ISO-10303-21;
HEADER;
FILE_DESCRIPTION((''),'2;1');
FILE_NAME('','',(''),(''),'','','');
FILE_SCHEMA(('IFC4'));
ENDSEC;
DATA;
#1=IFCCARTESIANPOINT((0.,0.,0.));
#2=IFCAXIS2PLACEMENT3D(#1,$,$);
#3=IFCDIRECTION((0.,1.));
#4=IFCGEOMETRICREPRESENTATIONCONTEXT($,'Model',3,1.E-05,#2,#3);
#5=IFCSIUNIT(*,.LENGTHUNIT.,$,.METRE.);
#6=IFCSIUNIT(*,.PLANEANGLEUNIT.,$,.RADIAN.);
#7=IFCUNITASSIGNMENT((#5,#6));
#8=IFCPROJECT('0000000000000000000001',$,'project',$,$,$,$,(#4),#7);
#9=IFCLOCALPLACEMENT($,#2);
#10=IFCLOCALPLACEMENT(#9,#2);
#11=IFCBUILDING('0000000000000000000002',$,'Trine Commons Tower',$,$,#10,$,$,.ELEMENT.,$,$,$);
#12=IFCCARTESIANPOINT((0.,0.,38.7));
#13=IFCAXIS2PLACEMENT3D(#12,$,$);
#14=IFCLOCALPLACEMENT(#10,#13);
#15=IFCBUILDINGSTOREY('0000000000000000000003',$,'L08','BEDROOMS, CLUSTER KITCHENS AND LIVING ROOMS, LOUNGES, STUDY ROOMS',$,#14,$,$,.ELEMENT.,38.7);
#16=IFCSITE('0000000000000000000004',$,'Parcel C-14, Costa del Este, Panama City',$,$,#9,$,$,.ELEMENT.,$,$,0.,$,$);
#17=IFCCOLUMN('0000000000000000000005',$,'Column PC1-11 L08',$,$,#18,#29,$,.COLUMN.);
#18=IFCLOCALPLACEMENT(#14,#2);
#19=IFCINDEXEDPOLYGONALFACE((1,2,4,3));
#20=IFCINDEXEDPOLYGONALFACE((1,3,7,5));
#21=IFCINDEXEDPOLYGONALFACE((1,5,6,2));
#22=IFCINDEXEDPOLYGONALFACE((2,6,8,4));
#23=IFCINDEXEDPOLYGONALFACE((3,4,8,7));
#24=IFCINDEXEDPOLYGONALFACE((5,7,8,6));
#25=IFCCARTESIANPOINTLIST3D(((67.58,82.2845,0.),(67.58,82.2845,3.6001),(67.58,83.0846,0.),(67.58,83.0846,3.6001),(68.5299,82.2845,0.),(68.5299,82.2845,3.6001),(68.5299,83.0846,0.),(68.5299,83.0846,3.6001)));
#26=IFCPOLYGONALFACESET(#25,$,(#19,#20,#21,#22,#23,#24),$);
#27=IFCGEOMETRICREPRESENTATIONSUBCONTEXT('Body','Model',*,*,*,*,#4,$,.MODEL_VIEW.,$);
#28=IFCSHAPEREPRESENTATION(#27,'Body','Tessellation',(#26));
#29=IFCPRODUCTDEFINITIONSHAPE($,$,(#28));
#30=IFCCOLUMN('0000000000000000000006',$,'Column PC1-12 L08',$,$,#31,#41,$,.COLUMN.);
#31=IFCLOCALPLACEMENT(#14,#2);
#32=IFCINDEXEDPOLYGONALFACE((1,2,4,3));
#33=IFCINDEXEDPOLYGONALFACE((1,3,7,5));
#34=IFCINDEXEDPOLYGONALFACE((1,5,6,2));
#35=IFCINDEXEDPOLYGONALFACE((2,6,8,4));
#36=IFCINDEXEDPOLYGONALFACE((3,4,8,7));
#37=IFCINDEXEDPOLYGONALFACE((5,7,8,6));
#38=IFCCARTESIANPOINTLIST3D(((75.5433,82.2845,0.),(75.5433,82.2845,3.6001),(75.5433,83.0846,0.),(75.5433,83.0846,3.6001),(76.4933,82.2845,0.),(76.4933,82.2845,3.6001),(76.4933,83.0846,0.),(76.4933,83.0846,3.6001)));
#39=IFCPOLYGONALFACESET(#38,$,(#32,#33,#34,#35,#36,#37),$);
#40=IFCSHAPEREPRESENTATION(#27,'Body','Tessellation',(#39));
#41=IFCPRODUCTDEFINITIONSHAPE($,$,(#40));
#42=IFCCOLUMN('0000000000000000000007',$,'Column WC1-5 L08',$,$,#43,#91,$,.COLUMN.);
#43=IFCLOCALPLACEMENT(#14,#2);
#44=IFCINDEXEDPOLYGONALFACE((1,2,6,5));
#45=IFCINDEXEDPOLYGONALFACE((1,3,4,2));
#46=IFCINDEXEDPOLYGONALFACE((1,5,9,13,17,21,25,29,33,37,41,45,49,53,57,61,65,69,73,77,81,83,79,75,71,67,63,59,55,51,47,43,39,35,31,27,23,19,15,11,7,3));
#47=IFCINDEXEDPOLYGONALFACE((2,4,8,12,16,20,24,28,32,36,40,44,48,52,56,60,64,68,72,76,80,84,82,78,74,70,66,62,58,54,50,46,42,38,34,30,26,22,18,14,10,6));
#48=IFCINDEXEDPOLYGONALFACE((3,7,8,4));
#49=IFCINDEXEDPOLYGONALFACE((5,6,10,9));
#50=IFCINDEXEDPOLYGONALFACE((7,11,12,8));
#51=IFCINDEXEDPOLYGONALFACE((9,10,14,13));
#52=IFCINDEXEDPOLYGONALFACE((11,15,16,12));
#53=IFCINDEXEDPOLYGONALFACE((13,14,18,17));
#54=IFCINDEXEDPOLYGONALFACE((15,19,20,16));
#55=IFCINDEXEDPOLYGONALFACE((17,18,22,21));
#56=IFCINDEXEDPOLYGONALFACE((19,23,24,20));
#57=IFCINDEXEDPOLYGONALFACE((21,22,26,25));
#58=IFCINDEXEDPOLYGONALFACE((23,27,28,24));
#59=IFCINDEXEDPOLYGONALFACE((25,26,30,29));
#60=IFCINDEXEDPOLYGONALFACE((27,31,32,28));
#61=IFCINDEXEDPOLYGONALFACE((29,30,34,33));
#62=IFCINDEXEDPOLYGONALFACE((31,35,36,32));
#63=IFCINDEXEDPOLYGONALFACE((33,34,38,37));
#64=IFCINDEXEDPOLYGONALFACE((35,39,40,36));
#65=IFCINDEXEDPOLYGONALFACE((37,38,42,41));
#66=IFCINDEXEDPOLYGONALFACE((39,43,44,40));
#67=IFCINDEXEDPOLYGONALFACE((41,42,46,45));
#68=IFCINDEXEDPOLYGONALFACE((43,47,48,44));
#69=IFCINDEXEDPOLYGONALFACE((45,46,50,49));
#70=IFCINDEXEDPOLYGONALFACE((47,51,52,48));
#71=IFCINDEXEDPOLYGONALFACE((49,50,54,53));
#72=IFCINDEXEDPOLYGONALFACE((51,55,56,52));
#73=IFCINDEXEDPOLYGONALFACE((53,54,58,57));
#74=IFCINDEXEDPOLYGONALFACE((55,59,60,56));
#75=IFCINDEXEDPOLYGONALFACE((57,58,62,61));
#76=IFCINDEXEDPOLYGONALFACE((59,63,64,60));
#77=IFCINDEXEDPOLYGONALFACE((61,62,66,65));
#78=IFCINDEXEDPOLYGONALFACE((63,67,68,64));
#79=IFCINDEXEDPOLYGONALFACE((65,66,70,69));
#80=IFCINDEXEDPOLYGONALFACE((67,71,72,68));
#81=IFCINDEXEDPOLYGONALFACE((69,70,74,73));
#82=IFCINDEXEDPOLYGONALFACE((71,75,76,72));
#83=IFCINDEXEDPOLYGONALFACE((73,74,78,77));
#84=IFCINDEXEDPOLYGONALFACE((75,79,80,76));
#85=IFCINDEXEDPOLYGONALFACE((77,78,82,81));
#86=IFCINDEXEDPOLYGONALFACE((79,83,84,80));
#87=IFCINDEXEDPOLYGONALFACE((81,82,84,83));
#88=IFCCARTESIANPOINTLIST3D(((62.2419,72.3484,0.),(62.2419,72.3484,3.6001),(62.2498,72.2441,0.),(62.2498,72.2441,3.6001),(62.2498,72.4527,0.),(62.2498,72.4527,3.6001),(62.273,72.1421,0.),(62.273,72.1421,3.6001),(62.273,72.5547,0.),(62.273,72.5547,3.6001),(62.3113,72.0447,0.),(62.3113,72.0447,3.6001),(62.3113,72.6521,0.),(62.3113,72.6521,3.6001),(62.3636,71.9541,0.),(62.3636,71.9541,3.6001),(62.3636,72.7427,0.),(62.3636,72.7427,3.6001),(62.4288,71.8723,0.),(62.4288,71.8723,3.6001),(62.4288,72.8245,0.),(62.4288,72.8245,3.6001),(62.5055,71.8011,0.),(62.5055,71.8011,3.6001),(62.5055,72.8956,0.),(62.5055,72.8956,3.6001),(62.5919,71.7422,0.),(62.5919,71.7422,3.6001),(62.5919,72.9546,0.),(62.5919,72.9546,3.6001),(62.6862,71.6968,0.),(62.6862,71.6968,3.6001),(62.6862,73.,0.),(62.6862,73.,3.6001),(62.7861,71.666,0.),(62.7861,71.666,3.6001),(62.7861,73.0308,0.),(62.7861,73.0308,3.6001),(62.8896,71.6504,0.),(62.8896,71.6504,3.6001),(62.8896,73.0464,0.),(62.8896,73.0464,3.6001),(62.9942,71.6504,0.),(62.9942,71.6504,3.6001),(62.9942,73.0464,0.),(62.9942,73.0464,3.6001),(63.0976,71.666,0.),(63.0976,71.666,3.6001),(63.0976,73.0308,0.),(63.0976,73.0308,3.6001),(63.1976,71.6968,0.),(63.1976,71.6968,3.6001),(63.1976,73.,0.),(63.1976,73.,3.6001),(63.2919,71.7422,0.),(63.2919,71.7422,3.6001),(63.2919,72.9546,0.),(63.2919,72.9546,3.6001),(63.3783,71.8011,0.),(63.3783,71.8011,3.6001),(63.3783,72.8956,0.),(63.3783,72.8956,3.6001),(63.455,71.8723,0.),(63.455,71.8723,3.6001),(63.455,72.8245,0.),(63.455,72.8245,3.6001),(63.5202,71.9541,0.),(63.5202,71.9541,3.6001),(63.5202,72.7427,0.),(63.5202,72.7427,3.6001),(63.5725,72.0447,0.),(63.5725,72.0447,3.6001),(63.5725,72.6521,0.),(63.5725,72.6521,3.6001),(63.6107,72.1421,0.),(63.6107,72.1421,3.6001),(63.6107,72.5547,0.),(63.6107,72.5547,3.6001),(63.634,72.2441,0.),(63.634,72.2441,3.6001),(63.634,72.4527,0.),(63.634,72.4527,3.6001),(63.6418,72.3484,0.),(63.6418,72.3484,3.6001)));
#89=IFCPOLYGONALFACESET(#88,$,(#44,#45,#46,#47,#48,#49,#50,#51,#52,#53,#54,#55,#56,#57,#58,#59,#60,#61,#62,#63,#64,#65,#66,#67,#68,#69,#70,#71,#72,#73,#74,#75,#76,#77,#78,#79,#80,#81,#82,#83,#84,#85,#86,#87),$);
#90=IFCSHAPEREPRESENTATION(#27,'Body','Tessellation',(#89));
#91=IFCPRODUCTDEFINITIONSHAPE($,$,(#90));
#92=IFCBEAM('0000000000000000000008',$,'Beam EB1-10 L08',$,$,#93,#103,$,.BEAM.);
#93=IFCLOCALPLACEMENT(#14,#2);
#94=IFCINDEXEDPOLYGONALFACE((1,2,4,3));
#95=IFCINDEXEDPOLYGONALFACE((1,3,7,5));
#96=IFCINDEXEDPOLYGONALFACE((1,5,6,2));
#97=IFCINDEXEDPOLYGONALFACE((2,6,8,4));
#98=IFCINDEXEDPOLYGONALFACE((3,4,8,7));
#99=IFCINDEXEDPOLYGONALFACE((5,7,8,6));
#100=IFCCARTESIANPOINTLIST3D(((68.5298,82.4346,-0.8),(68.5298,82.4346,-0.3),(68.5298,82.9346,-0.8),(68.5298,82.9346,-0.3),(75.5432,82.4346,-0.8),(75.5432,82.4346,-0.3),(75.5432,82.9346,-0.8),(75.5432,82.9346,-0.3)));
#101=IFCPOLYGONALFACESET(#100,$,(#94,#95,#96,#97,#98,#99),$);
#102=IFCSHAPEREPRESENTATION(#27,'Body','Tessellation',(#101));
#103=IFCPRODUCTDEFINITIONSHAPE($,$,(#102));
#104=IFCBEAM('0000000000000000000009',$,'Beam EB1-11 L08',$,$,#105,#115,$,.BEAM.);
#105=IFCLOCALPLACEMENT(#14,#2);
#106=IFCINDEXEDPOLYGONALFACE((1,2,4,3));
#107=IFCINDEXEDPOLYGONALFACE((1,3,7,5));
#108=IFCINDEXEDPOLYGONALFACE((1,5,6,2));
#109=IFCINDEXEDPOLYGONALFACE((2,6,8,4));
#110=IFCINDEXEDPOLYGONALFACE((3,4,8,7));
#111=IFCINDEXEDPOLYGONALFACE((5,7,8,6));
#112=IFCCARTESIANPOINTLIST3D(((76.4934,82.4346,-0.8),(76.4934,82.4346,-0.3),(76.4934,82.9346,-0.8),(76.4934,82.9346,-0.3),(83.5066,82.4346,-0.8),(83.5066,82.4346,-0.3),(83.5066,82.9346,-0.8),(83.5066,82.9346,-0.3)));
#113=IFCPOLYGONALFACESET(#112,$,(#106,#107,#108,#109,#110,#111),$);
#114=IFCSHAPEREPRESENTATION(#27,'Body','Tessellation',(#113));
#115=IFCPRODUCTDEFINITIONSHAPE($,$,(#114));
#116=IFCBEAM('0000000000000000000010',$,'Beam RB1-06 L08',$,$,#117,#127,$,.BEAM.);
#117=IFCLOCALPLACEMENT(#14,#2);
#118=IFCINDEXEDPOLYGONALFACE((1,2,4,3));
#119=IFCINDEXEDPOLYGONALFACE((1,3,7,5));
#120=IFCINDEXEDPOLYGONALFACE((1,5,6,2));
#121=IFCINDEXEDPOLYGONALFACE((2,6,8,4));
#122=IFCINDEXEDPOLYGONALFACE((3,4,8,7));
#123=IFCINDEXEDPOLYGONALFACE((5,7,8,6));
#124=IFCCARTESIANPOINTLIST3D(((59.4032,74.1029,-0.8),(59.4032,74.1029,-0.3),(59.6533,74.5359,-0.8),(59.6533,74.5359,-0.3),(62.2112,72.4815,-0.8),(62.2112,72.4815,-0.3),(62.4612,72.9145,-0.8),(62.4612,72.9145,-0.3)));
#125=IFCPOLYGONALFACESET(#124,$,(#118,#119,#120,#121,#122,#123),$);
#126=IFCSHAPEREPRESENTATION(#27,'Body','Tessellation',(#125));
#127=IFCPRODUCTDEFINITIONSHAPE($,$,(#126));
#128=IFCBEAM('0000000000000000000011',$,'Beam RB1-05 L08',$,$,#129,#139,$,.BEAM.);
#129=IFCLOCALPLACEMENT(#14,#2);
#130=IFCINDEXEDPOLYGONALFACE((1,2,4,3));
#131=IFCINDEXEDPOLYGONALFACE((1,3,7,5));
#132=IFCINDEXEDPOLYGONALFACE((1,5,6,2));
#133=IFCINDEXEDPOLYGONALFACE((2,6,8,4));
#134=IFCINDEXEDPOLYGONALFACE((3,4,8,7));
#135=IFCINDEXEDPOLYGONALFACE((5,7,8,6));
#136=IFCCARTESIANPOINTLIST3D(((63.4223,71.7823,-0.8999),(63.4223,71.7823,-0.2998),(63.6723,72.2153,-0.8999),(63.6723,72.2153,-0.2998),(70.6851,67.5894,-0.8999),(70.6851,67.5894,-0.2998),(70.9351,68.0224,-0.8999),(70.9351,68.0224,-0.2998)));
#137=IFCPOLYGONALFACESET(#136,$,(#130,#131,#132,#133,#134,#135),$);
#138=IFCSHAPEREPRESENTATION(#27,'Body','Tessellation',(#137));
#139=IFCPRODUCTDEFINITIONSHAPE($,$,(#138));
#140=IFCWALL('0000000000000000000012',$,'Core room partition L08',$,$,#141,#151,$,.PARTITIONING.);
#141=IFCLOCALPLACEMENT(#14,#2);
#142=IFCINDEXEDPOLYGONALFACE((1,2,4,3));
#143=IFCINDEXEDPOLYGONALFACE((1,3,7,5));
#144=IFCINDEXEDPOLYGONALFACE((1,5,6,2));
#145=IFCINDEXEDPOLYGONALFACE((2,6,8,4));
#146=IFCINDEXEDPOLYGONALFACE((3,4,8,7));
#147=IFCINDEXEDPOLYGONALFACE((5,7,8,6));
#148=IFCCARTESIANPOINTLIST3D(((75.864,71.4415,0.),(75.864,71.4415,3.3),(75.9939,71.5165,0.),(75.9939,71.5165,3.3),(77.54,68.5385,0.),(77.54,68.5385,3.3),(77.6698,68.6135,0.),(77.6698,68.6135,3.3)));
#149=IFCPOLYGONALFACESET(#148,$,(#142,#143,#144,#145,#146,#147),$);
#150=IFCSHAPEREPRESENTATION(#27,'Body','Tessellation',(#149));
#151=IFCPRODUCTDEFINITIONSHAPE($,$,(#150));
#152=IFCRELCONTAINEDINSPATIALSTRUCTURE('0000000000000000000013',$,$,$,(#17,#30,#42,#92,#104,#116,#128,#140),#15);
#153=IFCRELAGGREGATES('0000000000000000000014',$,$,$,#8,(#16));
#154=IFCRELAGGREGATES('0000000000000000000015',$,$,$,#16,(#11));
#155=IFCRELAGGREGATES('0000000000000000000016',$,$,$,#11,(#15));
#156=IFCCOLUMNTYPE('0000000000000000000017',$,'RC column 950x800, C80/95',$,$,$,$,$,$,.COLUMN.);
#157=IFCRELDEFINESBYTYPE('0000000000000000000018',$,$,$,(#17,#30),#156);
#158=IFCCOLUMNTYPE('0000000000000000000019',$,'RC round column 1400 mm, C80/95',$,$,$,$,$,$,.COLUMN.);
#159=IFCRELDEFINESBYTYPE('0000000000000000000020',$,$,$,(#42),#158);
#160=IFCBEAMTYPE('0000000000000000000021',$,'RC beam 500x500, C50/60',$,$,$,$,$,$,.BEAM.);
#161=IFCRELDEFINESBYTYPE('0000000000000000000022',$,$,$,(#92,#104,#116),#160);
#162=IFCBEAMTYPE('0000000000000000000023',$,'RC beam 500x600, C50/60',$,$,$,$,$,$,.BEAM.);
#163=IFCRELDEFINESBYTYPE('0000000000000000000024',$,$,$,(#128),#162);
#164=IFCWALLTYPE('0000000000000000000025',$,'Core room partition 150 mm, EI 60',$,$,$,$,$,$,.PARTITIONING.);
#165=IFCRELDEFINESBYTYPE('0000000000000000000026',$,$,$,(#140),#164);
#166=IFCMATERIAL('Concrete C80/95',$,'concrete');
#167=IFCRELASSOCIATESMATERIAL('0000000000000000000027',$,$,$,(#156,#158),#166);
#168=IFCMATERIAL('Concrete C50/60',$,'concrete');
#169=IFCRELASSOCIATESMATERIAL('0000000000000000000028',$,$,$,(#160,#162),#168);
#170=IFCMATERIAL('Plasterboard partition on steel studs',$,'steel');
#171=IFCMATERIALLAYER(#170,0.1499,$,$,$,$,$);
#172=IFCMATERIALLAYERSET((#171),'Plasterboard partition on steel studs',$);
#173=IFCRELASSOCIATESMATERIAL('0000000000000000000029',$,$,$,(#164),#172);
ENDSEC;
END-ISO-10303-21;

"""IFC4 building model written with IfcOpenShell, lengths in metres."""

from ifc_helpers import new_model, si_unit, direction, frame, frame_2d, origin, origin_2d, place, context, subcontext, project, spatial, rectangle, circle, extrude, material, layer, layer_set, material_profile, profile_set, type_object, element, save


model = new_model("IFC4")

# Units and contexts
model_context = context("Model", 3, precision=1e-05, world=origin(), true_north=direction((0.0, 1.0)))
body_context = subcontext(model_context, "Body", "Model", "MODEL_VIEW")
ifc_project = project(units=[si_unit("LENGTHUNIT", "METRE"), si_unit("PLANEANGLEUNIT", "RADIAN")], contexts=[model_context])

# Site, building, storey
site_placement = place(None, origin())
site = spatial("IfcSite", under=ifc_project, at=site_placement, Name="Parcel C-14, Costa del Este, Panama City", CompositionType="ELEMENT", RefElevation=0.0)
building_placement = place(site_placement, origin())
building = spatial("IfcBuilding", under=site, at=building_placement, Name="Trine Commons Tower", CompositionType="ELEMENT")
storey_placement = place(building_placement, frame((0.0, 0.0, 38.7)))
storey = spatial("IfcBuildingStorey", under=building, at=storey_placement, Name="L08", Description="BEDROOMS, CLUSTER KITCHENS AND LIVING ROOMS, LOUNGES, STUDY ROOMS", CompositionType="ELEMENT", Elevation=38.7)

# Columns
ifc_material_1 = material(Name="Concrete C80/95", Category="concrete")
ifc_material_profile_1 = material_profile(ifc_material_1, rectangle(XDim=0.95, YDim=0.8, at=origin_2d()), Name="RC 950x800")
ifc_profile_set_1 = profile_set([ifc_material_profile_1], Name="Concrete C80/95")
column_type_1 = type_object("IfcColumnType", Name="RC column 950x800, C80/95", PredefinedType="COLUMN", material=ifc_profile_set_1)
for number, where, z_axis, x_axis, name in (
    (1, (68.0549, 82.6846, 0.0), (0.0, 0.0, 1.0), (1.0, 0.0, 0.0), "Column PC1-11 L08"),
    (2, (76.0183, 82.6846, 0.0), (0.0, 0.0, 1.0), (1.0, 0.0, 0.0), "Column PC1-12 L08"),
):
    element("IfcColumn", number, at=place(storey_placement, frame(where, z_axis=z_axis, x_axis=x_axis)), inside=storey, type_object=column_type_1, Name=name, PredefinedType="COLUMN", context=body_context, shape_type="SweptSolid", body=[
        extrude(rectangle(XDim=0.95, YDim=0.8, at=origin_2d()), origin(), (0.0, 0.0, 1.0), 3.6001),
    ])
ifc_material_profile_2 = material_profile(ifc_material_1, circle(Radius=0.7, at=origin_2d()), Name="RC round 1400")
ifc_profile_set_2 = profile_set([ifc_material_profile_2], Name="Concrete C80/95")
column_type_2 = type_object("IfcColumnType", Name="RC round column 1400 mm, C80/95", PredefinedType="COLUMN", material=ifc_profile_set_2)
column_placement = place(storey_placement, frame((62.9419, 72.3484, 0.0), z_axis=(0.0, 0.0, 1.0), x_axis=(1.0, 0.0, 0.0)))
element("IfcColumn", 3, at=column_placement, inside=storey, type_object=column_type_2, Name="Column WC1-5 L08", PredefinedType="COLUMN", context=body_context, shape_type="SweptSolid", body=[
    extrude(circle(Radius=0.7, at=origin_2d()), origin(), (0.0, 0.0, 1.0), 3.6001),
])

# Beams
ifc_material_2 = material(Name="Concrete C50/60", Category="concrete")
ifc_material_profile_3 = material_profile(ifc_material_2, rectangle(XDim=0.5, YDim=0.5, at=origin_2d()), Name="RC 500x500")
ifc_profile_set_3 = profile_set([ifc_material_profile_3], Name="Concrete C50/60")
beam_type_1 = type_object("IfcBeamType", Name="RC beam 500x500, C50/60", PredefinedType="BEAM", material=ifc_profile_set_3)
beam_1_placement = place(storey_placement, frame((68.5298, 82.6846, -0.55), z_axis=(1.0, 0.0, 0.0), x_axis=(0.0, 1.0, 0.0)))
element("IfcBeam", 4, at=beam_1_placement, inside=storey, type_object=beam_type_1, Name="Beam EB1-10 L08", PredefinedType="BEAM", context=body_context, shape_type="SweptSolid", body=[
    extrude(rectangle(XDim=0.5, YDim=0.5, at=origin_2d()), origin(), (0.0, 0.0, 1.0), 7.0134),
])
beam_2_placement = place(storey_placement, frame((76.4934, 82.6846, -0.55), z_axis=(1.0, 0.0, 0.0), x_axis=(0.0, 1.0, 0.0)))
element("IfcBeam", 5, at=beam_2_placement, inside=storey, type_object=beam_type_1, Name="Beam EB1-11 L08", PredefinedType="BEAM", context=body_context, shape_type="SweptSolid", body=[
    extrude(rectangle(XDim=0.5, YDim=0.5, at=origin_2d()), origin(), (0.0, 0.0, 1.0), 7.0132),
])
beam_3_placement = place(storey_placement, frame((62.3362, 72.698, -0.55), z_axis=(-0.865996, 0.500051, 0.0), x_axis=(-0.500051, -0.865996, 0.0)))
element("IfcBeam", 6, at=beam_3_placement, inside=storey, type_object=beam_type_1, Name="Beam RB1-06 L08", PredefinedType="BEAM", context=body_context, shape_type="SweptSolid", body=[
    extrude(rectangle(XDim=0.5, YDim=0.5, at=origin_2d()), origin(), (0.0, 0.0, 1.0), 3.2424),
])
ifc_material_profile_4 = material_profile(ifc_material_2, rectangle(XDim=0.5, YDim=0.6001, at=origin_2d()), Name="RC 500x600")
ifc_profile_set_4 = profile_set([ifc_material_profile_4], Name="Concrete C50/60")
beam_type_2 = type_object("IfcBeamType", Name="RC beam 500x600, C50/60", PredefinedType="BEAM", material=ifc_profile_set_4)
beam_4_placement = place(storey_placement, frame((70.8101, 67.8059, -0.5999), z_axis=(-0.866038, 0.499978, 0.0), x_axis=(-0.499978, -0.866038, 0.0)))
element("IfcBeam", 7, at=beam_4_placement, inside=storey, type_object=beam_type_2, Name="Beam RB1-05 L08", PredefinedType="BEAM", context=body_context, shape_type="SweptSolid", body=[
    extrude(rectangle(XDim=0.5, YDim=0.6001, at=origin_2d()), origin(), (0.0, 0.0, 1.0), 8.3862),
])

# Wall
ifc_material_3 = material(Name="Plasterboard partition on steel studs", Category="steel")
ifc_layer_1 = layer(ifc_material_3, 0.1499)
ifc_layer_set_1 = layer_set([ifc_layer_1], Name="Plasterboard partition on steel studs")
wall_type_1 = type_object("IfcWallType", Name="Core room partition 150 mm, EI 60", PredefinedType="PARTITIONING", material=ifc_layer_set_1)
wall_1_placement = place(storey_placement, frame((75.929, 71.479, 0.0), z_axis=(0.0, 0.0, 1.0), x_axis=(0.499985, -0.866034, 0.0)))
element("IfcWall", 8, at=wall_1_placement, inside=storey, type_object=wall_type_1, Name="Core room partition L08", PredefinedType="PARTITIONING", context=body_context, shape_type="SweptSolid", body=[
    extrude(rectangle(XDim=3.3521, YDim=0.1499, at=frame_2d((1.676, 0.0))), origin(), (0.0, 0.0, 1.0), 3.3),
])

save(model, "model.ifc")
